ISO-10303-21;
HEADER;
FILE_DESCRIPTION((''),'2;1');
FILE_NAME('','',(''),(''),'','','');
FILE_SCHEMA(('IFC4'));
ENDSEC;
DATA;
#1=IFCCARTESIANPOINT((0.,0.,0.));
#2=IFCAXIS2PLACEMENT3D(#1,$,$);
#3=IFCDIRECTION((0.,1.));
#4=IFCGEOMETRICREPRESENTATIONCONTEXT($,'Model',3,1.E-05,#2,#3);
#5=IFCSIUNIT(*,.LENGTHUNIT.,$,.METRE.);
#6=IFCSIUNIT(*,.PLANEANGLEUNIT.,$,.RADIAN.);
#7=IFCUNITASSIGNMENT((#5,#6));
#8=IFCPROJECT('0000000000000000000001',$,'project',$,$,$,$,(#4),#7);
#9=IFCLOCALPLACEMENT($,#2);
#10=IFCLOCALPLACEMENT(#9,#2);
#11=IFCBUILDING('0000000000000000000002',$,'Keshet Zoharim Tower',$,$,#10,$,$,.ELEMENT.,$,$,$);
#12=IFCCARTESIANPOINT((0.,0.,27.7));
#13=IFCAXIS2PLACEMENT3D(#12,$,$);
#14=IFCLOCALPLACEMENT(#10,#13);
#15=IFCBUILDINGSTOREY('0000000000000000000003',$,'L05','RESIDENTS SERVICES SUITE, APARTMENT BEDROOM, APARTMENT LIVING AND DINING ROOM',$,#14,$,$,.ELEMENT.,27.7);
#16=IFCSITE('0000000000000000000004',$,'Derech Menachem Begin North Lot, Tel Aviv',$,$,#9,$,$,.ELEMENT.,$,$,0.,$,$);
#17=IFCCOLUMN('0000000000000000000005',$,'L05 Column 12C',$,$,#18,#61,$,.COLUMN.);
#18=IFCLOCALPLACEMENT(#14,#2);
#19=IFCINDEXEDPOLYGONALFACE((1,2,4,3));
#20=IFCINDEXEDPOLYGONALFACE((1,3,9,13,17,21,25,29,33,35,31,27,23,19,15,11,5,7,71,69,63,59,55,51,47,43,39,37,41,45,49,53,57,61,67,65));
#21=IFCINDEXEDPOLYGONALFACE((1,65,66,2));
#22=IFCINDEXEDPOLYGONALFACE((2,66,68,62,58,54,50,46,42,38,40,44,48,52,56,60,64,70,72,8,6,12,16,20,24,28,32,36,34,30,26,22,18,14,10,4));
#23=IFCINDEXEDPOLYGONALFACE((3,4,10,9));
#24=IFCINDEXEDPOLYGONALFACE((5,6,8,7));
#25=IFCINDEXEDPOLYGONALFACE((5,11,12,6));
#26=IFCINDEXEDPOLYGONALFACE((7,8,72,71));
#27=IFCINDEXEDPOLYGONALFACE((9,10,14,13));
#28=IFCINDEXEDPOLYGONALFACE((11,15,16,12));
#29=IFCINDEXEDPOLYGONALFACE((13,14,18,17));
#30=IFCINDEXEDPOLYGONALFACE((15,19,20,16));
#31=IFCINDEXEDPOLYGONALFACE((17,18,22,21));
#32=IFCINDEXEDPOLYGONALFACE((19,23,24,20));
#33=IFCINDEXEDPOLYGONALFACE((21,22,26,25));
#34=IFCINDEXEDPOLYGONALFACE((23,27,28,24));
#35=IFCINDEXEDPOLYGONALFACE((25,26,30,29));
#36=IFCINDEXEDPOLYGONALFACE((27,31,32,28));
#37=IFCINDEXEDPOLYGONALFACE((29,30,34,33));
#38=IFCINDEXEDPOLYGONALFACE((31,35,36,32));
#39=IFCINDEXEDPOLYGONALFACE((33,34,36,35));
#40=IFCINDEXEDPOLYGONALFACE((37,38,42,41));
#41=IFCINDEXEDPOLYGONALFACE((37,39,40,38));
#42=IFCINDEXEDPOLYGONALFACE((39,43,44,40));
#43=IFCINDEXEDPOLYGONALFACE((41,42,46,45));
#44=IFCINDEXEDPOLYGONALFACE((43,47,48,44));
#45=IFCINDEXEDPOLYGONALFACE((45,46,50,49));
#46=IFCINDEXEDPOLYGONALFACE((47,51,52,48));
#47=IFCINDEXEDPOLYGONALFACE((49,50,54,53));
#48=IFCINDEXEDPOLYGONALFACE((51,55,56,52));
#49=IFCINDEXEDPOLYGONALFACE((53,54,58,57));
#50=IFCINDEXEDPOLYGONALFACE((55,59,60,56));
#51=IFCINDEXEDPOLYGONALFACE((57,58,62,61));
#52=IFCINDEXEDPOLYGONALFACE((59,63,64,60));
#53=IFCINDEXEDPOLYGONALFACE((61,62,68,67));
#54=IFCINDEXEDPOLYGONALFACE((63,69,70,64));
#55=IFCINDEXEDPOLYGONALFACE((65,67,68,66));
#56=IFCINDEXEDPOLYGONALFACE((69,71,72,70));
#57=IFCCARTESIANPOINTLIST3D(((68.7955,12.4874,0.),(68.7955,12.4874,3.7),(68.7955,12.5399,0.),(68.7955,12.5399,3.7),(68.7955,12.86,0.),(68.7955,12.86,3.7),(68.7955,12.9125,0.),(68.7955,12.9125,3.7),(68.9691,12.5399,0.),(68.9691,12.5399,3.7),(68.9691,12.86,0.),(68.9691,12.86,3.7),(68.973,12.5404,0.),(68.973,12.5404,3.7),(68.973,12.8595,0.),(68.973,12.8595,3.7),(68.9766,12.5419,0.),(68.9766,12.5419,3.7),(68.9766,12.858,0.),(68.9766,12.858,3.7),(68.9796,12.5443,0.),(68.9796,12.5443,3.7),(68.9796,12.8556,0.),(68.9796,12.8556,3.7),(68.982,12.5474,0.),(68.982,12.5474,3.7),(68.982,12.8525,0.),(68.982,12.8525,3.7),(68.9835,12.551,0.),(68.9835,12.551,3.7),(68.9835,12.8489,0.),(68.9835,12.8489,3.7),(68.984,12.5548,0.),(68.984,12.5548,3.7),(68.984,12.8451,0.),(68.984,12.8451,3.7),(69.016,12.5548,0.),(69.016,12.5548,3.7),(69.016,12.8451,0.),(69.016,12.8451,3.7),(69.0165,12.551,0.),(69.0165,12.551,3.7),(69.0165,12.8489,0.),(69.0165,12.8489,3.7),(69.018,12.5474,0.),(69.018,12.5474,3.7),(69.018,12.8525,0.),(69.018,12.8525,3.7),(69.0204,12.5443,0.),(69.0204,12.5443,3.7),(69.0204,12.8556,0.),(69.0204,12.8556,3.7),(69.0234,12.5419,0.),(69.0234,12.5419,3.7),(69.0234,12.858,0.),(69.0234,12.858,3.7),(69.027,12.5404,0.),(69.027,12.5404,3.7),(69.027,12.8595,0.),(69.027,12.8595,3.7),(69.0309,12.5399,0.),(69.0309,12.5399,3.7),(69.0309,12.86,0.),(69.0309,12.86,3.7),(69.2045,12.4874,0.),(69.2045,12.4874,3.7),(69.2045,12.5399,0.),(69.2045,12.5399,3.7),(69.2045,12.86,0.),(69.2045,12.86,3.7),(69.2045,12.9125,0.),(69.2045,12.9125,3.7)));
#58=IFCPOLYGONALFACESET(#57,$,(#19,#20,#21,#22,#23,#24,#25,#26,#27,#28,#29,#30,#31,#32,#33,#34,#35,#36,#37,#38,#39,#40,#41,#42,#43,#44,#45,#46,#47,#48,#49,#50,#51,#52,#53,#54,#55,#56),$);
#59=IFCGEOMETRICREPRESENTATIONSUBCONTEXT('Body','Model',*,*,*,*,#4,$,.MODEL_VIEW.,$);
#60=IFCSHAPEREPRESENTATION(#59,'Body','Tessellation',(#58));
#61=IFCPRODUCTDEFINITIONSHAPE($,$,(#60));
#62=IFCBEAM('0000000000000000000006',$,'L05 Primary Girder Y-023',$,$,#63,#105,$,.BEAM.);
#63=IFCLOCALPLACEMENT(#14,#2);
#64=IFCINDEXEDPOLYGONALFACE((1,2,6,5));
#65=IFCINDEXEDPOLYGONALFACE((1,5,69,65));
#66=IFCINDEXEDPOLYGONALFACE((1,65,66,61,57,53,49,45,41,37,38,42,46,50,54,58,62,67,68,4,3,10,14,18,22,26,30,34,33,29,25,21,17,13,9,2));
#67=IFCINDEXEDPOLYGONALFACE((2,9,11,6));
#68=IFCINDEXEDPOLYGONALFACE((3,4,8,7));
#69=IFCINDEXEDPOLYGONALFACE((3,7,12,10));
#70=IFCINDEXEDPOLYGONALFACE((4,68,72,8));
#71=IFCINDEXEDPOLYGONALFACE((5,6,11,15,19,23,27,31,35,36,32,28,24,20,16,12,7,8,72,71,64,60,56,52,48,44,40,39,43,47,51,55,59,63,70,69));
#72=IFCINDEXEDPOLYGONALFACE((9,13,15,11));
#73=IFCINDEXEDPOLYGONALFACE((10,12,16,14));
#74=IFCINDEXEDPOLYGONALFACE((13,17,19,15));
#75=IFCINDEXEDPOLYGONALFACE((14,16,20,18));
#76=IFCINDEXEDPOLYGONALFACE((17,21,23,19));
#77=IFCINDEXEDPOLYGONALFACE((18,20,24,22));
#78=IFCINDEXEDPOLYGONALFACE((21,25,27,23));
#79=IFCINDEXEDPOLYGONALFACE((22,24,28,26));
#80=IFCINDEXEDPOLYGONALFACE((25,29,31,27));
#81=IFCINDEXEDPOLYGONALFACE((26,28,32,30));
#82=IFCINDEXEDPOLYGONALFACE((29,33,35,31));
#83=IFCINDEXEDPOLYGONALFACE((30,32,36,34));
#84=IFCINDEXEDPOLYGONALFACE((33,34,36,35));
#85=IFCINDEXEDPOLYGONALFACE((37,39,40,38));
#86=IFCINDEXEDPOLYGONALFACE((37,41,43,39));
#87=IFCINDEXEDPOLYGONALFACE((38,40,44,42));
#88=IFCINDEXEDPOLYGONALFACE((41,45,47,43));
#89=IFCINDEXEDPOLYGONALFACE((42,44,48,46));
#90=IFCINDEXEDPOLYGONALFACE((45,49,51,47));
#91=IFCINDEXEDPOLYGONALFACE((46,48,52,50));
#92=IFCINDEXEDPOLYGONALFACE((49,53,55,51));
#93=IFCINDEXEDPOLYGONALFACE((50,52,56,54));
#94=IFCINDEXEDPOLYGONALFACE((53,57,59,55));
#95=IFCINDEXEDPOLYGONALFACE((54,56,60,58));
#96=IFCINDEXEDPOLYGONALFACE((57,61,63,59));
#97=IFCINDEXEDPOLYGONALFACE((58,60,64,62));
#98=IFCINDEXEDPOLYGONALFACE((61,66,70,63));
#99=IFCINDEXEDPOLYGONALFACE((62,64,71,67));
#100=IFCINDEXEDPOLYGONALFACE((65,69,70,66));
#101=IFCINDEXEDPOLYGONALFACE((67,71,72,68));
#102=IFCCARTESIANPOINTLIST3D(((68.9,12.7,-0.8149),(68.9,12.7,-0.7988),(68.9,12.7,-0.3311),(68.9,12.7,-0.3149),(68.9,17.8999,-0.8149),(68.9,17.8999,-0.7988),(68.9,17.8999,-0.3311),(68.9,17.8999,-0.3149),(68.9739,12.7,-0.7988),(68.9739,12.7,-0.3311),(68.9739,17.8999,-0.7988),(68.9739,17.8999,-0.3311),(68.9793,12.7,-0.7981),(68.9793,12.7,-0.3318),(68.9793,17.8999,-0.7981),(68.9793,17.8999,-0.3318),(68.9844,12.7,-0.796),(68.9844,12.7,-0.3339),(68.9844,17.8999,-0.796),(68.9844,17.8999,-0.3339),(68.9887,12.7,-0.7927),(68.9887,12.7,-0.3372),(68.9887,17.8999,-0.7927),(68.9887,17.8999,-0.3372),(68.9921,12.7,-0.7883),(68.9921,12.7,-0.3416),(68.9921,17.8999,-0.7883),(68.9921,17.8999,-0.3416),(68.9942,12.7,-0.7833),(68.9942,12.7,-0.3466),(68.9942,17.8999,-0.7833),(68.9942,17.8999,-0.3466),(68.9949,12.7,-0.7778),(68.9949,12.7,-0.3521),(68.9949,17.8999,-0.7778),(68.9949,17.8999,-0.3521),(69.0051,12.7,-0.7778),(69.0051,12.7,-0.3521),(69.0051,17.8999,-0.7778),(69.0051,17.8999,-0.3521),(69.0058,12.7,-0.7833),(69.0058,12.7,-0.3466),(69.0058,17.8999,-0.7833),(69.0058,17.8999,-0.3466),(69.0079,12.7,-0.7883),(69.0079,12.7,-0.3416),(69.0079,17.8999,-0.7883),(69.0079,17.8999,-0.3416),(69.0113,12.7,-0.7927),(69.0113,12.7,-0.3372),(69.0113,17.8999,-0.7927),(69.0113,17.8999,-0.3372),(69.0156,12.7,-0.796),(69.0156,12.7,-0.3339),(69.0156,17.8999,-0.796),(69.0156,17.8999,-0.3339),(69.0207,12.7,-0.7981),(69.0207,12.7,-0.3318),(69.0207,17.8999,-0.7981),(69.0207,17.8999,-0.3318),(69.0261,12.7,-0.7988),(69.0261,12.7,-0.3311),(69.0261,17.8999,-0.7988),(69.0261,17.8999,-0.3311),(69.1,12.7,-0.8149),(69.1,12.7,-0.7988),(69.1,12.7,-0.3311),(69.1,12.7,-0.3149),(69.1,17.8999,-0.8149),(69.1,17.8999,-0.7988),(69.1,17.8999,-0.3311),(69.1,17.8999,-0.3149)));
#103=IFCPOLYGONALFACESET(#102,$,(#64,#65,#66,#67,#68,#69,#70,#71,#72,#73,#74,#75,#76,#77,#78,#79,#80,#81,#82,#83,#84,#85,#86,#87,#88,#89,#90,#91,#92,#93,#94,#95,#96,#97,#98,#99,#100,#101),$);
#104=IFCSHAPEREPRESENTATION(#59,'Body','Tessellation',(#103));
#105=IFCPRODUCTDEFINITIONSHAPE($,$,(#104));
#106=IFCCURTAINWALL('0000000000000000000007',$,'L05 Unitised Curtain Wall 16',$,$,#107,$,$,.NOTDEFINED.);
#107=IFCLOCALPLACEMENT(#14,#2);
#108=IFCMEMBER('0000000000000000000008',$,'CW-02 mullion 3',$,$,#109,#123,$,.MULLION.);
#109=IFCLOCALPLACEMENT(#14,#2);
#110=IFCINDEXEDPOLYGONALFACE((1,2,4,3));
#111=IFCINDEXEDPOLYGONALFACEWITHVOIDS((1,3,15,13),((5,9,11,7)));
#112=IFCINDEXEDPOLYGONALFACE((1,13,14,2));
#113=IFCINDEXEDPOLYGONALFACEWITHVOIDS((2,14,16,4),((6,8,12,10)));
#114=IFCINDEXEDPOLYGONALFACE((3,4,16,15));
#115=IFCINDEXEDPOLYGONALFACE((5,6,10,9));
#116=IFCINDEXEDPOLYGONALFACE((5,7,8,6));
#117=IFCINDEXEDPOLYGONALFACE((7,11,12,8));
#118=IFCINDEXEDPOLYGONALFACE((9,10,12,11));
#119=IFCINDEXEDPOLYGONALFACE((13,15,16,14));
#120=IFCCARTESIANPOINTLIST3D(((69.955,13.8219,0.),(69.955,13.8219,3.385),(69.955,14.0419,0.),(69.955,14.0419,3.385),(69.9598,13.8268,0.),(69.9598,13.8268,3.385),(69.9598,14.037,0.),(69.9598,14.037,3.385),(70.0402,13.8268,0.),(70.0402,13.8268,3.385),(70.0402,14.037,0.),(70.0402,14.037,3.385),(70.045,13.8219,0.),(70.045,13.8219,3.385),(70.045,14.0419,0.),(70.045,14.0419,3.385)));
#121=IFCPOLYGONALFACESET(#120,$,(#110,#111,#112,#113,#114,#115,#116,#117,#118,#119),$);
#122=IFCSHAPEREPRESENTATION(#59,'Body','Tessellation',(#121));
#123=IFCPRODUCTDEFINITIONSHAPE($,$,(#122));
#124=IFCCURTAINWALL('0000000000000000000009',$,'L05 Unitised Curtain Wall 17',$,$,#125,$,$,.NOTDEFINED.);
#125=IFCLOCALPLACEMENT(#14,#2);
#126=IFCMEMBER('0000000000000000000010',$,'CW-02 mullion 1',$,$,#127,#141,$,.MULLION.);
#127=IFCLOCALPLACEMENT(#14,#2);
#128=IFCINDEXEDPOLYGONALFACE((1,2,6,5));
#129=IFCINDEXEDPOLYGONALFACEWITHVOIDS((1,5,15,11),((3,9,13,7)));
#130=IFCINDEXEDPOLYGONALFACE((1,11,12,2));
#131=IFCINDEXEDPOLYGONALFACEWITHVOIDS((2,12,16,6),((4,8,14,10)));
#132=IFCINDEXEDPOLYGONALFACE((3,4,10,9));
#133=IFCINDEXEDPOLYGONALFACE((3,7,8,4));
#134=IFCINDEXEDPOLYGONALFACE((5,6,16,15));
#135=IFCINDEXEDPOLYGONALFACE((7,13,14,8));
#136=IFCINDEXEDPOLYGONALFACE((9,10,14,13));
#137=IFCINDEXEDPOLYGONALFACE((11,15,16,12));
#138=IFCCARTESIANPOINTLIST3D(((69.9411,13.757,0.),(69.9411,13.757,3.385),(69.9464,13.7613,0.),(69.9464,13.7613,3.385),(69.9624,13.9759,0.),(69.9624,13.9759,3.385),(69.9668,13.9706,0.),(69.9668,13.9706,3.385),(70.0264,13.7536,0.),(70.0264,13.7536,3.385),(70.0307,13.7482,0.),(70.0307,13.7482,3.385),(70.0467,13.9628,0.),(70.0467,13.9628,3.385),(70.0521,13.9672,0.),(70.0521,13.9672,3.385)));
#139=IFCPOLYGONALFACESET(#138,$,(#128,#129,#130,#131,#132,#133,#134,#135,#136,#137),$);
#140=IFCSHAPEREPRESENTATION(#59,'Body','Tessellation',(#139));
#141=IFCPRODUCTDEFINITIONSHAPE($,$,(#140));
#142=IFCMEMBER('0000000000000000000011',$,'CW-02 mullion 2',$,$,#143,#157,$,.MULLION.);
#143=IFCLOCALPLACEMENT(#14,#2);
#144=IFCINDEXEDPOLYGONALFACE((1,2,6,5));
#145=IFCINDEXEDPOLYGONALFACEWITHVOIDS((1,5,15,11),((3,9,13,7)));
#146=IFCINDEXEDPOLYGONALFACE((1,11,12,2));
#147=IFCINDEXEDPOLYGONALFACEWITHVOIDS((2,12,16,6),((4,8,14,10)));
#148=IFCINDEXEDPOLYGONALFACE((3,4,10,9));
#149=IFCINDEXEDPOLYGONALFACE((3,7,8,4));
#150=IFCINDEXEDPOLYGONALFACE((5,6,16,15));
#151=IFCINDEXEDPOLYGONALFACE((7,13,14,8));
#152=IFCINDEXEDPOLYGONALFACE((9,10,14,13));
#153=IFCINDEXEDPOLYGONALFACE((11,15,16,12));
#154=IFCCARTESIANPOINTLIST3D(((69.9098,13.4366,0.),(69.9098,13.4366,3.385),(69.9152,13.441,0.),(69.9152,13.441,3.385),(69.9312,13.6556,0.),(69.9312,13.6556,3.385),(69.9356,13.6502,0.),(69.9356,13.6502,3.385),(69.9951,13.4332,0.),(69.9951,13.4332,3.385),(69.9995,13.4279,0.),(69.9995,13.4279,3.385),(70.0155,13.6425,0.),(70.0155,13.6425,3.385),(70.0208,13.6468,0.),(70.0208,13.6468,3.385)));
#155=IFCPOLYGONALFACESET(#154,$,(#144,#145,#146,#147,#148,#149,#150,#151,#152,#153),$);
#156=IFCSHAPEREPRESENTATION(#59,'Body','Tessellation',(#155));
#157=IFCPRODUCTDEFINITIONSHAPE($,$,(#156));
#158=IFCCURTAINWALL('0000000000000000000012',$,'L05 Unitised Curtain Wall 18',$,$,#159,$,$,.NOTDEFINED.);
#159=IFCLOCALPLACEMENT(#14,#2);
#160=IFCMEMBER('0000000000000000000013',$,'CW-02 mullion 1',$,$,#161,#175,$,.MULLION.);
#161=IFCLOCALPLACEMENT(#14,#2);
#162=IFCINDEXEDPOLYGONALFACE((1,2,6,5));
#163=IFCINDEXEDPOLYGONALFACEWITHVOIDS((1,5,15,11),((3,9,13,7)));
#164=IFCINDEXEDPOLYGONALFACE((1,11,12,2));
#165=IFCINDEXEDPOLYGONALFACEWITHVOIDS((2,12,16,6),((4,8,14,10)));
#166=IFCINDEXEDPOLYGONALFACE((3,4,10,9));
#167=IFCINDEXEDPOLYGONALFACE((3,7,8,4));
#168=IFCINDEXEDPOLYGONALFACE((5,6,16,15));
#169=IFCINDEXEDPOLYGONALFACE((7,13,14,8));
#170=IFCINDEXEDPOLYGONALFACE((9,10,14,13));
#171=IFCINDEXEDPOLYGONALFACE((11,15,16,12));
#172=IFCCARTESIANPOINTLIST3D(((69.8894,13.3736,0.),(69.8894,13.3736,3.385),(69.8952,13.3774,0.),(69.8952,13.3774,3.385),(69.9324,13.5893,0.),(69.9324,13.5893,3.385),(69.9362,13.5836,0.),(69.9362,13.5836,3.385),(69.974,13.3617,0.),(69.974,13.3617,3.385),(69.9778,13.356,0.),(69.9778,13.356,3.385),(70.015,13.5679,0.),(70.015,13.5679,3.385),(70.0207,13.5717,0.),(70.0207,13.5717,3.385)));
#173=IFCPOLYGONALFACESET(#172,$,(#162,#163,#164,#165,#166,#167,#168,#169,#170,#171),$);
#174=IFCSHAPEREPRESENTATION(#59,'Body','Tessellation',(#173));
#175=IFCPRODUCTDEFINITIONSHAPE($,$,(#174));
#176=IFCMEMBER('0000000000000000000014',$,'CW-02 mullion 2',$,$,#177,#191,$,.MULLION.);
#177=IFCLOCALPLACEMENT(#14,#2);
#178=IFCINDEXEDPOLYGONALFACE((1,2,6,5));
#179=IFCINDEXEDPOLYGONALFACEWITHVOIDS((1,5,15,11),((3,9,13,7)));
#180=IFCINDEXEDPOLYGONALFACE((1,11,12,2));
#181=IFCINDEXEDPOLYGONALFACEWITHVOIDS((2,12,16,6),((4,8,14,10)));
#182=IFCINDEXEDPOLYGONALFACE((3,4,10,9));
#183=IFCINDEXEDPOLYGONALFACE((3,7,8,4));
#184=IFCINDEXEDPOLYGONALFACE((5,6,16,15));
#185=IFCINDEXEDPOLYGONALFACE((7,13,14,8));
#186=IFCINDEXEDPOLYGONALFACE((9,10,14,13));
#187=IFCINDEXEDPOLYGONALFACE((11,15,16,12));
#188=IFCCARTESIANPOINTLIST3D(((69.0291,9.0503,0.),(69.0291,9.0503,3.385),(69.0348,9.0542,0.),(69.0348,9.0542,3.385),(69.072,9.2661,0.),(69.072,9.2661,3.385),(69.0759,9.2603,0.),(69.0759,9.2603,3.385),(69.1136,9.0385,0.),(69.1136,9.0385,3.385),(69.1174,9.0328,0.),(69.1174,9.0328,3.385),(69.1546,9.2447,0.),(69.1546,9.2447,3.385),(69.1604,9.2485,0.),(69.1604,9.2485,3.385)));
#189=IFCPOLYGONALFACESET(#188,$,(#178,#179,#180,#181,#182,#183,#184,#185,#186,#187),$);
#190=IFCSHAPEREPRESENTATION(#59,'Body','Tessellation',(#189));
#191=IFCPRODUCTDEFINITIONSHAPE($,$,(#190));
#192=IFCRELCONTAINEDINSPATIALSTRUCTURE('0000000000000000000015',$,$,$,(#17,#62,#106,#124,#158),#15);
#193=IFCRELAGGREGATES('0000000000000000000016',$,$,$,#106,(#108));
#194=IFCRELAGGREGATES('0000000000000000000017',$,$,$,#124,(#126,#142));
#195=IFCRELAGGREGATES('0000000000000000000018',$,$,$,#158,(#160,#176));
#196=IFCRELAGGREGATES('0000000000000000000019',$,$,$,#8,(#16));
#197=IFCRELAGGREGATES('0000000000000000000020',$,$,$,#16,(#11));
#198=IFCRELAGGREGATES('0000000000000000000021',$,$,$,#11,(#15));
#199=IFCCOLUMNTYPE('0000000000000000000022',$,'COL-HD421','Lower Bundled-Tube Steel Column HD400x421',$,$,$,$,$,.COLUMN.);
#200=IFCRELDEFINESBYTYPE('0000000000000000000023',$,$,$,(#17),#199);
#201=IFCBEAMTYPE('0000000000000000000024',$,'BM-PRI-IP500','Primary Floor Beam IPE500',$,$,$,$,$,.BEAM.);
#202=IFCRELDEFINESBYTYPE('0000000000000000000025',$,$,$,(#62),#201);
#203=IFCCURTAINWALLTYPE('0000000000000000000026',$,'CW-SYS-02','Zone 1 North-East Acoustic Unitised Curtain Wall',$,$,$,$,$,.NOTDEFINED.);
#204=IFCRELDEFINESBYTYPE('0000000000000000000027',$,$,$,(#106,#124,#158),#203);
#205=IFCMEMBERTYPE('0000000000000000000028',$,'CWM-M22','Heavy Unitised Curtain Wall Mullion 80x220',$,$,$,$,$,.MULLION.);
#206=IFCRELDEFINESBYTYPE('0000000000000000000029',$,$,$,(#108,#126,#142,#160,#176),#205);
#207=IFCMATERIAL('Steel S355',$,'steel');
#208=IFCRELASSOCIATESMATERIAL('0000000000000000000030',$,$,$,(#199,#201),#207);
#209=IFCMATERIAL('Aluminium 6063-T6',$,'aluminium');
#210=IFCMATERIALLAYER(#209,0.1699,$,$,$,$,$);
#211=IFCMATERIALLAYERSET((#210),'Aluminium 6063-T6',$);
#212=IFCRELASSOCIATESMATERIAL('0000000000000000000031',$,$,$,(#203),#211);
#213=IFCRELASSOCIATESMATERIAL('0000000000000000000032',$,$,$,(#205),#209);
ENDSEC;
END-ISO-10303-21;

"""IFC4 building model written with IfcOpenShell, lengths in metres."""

from ifc_helpers import new_model, si_unit, direction, frame, origin, origin_2d, place, context, subcontext, project, spatial, hollow_rectangle, i_section, extrude, material, layer, layer_set, material_profile, profile_set, type_object, element, aggregate, save


model = new_model("IFC4")

# Units and contexts
model_context = context("Model", 3, precision=1e-05, world=origin(), true_north=direction((0.0, 1.0)))
body_context = subcontext(model_context, "Body", "Model", "MODEL_VIEW")
ifc_project = project(units=[si_unit("LENGTHUNIT", "METRE"), si_unit("PLANEANGLEUNIT", "RADIAN")], contexts=[model_context])

# Site, building, storey
site_placement = place(None, origin())
site = spatial("IfcSite", under=ifc_project, at=site_placement, Name="Derech Menachem Begin North Lot, Tel Aviv", CompositionType="ELEMENT", RefElevation=0.0)
building_placement = place(site_placement, origin())
building = spatial("IfcBuilding", under=site, at=building_placement, Name="Keshet Zoharim Tower", CompositionType="ELEMENT")
storey_placement = place(building_placement, frame((0.0, 0.0, 27.7)))
storey = spatial("IfcBuildingStorey", under=building, at=storey_placement, Name="L05", Description="RESIDENTS SERVICES SUITE, APARTMENT BEDROOM, APARTMENT LIVING AND DINING ROOM", CompositionType="ELEMENT", Elevation=27.7)

# Column
ifc_material_1 = material(Name="Steel S355", Category="steel")
ifc_material_profile_1 = material_profile(ifc_material_1, i_section(OverallWidth=0.4089, OverallDepth=0.425, WebThickness=0.032, FlangeThickness=0.0525, FilletRadius=0.0149, at=origin_2d()), Name="HD400x421")
ifc_profile_set_1 = profile_set([ifc_material_profile_1], Name="Steel S355")
column_type = type_object("IfcColumnType", Name="COL-HD421", Description="Lower Bundled-Tube Steel Column HD400x421", PredefinedType="COLUMN", material=ifc_profile_set_1)
column_placement = place(storey_placement, frame((69.0, 12.7, 0.0), z_axis=(0.0, 0.0, 1.0), x_axis=(1.0, 0.0, 0.0)))
element("IfcColumn", 1, at=column_placement, inside=storey, type_object=column_type, Name="L05 Column 12C", PredefinedType="COLUMN", context=body_context, shape_type="SweptSolid", body=[
    extrude(i_section(OverallWidth=0.4089, OverallDepth=0.425, WebThickness=0.032, FlangeThickness=0.0525, FilletRadius=0.0149, at=origin_2d()), origin(), (0.0, 0.0, 1.0), 3.7),
])

# Beam
ifc_material_profile_2 = material_profile(ifc_material_1, i_section(OverallWidth=0.2, OverallDepth=0.5, WebThickness=0.0103, FlangeThickness=0.0161, FilletRadius=0.021, at=origin_2d()), Name="IPE500")
ifc_profile_set_2 = profile_set([ifc_material_profile_2], Name="Steel S355")
beam_type = type_object("IfcBeamType", Name="BM-PRI-IP500", Description="Primary Floor Beam IPE500", PredefinedType="BEAM", material=ifc_profile_set_2)
beam_placement = place(storey_placement, frame((69.0, 12.7, -0.5649), z_axis=(0.0, 1.0, 0.0), x_axis=(-1.0, 0.0, 0.0)))
element("IfcBeam", 2, at=beam_placement, inside=storey, type_object=beam_type, Name="L05 Primary Girder Y-023", PredefinedType="BEAM", context=body_context, shape_type="SweptSolid", body=[
    extrude(i_section(OverallWidth=0.2, OverallDepth=0.5, WebThickness=0.0103, FlangeThickness=0.0161, FilletRadius=0.021, at=origin_2d()), origin(), (0.0, 0.0, 1.0), 5.2),
])

# Curtain wall, member
ifc_material_2 = material(Name="Aluminium 6063-T6", Category="aluminium")
ifc_layer_1 = layer(ifc_material_2, 0.1699)
ifc_layer_set_1 = layer_set([ifc_layer_1], Name="Aluminium 6063-T6")
curtain_wall_type_1 = type_object("IfcCurtainWallType", Name="CW-SYS-02", Description="Zone 1 North-East Acoustic Unitised Curtain Wall", PredefinedType="NOTDEFINED", material=ifc_layer_set_1)
curtain_wall_1_placement = place(storey_placement, origin())
curtain_wall_1 = element("IfcCurtainWall", 3, at=curtain_wall_1_placement, inside=storey, type_object=curtain_wall_type_1, Name="L05 Unitised Curtain Wall 16", PredefinedType="NOTDEFINED")
ifc_material_profile_3 = material_profile(ifc_material_2, hollow_rectangle(XDim=0.0901, YDim=0.22, WallThickness=0.0049, at=origin_2d()), Name="MUL-90x220")
ifc_profile_set_3 = profile_set([ifc_material_profile_3], Name="Aluminium 6063-T6")
member_type_1 = type_object("IfcMemberType", Name="CWM-M22", Description="Heavy Unitised Curtain Wall Mullion 80x220", PredefinedType="MULLION", material=ifc_profile_set_3)
member_1_placement = place(storey_placement, frame((70.0, 13.9319, 0.0), z_axis=(0.0, 0.0, 1.0), x_axis=(1.0, 0.0, 0.0)))
member_1 = element("IfcMember", 4, at=member_1_placement, type_object=member_type_1, Name="CW-02 mullion 3", PredefinedType="MULLION", context=body_context, shape_type="SweptSolid", body=[
    extrude(hollow_rectangle(XDim=0.0901, YDim=0.22, WallThickness=0.0049, at=origin_2d()), origin(), (0.0, 0.0, 1.0), 3.385),
])
aggregate(curtain_wall_1, [member_1])

# Curtain walls, members
curtain_wall_2_placement = place(storey_placement, origin())
curtain_wall_2 = element("IfcCurtainWall", 5, at=curtain_wall_2_placement, inside=storey, type_object=curtain_wall_type_1, Name="L05 Unitised Curtain Wall 17", PredefinedType="NOTDEFINED")
member_2_placement = place(storey_placement, frame((69.9966, 13.8621, 0.0), z_axis=(0.0, 0.0, 1.0), x_axis=(0.995287, -0.096977, 0.0)))
member_2 = element("IfcMember", 6, at=member_2_placement, type_object=member_type_1, Name="CW-02 mullion 1", PredefinedType="MULLION", context=body_context, shape_type="SweptSolid", body=[
    extrude(hollow_rectangle(XDim=0.0901, YDim=0.22, WallThickness=0.0049, at=origin_2d()), origin(), (0.0, 0.0, 1.0), 3.385),
])
member_3_placement = place(storey_placement, frame((69.9653, 13.5417, 0.0), z_axis=(0.0, 0.0, 1.0), x_axis=(0.995287, -0.096977, 0.0)))
member_3 = element("IfcMember", 7, at=member_3_placement, type_object=member_type_1, Name="CW-02 mullion 2", PredefinedType="MULLION", context=body_context, shape_type="SweptSolid", body=[
    extrude(hollow_rectangle(XDim=0.0901, YDim=0.22, WallThickness=0.0049, at=origin_2d()), origin(), (0.0, 0.0, 1.0), 3.385),
])
curtain_wall_3_placement = place(storey_placement, origin())
curtain_wall_3 = element("IfcCurtainWall", 8, at=curtain_wall_3_placement, inside=storey, type_object=curtain_wall_type_1, Name="L05 Unitised Curtain Wall 18", PredefinedType="NOTDEFINED")
member_4_placement = place(storey_placement, frame((69.9551, 13.4727, 0.0), z_axis=(0.0, 0.0, 1.0), x_axis=(0.980769, -0.195171, 0.0)))
member_4 = element("IfcMember", 9, at=member_4_placement, type_object=member_type_1, Name="CW-02 mullion 1", PredefinedType="MULLION", context=body_context, shape_type="SweptSolid", body=[
    extrude(hollow_rectangle(XDim=0.0901, YDim=0.22, WallThickness=0.0049, at=origin_2d()), origin(), (0.0, 0.0, 1.0), 3.385),
])
member_5_placement = place(storey_placement, frame((69.0947, 9.1494, 0.0), z_axis=(0.0, 0.0, 1.0), x_axis=(0.980769, -0.195171, 0.0)))
member_5 = element("IfcMember", 10, at=member_5_placement, type_object=member_type_1, Name="CW-02 mullion 2", PredefinedType="MULLION", context=body_context, shape_type="SweptSolid", body=[
    extrude(hollow_rectangle(XDim=0.0901, YDim=0.22, WallThickness=0.0049, at=origin_2d()), origin(), (0.0, 0.0, 1.0), 3.385),
])

aggregate(curtain_wall_2, [member_2, member_3])
aggregate(curtain_wall_3, [member_4, member_5])

save(model, "model.ifc")
